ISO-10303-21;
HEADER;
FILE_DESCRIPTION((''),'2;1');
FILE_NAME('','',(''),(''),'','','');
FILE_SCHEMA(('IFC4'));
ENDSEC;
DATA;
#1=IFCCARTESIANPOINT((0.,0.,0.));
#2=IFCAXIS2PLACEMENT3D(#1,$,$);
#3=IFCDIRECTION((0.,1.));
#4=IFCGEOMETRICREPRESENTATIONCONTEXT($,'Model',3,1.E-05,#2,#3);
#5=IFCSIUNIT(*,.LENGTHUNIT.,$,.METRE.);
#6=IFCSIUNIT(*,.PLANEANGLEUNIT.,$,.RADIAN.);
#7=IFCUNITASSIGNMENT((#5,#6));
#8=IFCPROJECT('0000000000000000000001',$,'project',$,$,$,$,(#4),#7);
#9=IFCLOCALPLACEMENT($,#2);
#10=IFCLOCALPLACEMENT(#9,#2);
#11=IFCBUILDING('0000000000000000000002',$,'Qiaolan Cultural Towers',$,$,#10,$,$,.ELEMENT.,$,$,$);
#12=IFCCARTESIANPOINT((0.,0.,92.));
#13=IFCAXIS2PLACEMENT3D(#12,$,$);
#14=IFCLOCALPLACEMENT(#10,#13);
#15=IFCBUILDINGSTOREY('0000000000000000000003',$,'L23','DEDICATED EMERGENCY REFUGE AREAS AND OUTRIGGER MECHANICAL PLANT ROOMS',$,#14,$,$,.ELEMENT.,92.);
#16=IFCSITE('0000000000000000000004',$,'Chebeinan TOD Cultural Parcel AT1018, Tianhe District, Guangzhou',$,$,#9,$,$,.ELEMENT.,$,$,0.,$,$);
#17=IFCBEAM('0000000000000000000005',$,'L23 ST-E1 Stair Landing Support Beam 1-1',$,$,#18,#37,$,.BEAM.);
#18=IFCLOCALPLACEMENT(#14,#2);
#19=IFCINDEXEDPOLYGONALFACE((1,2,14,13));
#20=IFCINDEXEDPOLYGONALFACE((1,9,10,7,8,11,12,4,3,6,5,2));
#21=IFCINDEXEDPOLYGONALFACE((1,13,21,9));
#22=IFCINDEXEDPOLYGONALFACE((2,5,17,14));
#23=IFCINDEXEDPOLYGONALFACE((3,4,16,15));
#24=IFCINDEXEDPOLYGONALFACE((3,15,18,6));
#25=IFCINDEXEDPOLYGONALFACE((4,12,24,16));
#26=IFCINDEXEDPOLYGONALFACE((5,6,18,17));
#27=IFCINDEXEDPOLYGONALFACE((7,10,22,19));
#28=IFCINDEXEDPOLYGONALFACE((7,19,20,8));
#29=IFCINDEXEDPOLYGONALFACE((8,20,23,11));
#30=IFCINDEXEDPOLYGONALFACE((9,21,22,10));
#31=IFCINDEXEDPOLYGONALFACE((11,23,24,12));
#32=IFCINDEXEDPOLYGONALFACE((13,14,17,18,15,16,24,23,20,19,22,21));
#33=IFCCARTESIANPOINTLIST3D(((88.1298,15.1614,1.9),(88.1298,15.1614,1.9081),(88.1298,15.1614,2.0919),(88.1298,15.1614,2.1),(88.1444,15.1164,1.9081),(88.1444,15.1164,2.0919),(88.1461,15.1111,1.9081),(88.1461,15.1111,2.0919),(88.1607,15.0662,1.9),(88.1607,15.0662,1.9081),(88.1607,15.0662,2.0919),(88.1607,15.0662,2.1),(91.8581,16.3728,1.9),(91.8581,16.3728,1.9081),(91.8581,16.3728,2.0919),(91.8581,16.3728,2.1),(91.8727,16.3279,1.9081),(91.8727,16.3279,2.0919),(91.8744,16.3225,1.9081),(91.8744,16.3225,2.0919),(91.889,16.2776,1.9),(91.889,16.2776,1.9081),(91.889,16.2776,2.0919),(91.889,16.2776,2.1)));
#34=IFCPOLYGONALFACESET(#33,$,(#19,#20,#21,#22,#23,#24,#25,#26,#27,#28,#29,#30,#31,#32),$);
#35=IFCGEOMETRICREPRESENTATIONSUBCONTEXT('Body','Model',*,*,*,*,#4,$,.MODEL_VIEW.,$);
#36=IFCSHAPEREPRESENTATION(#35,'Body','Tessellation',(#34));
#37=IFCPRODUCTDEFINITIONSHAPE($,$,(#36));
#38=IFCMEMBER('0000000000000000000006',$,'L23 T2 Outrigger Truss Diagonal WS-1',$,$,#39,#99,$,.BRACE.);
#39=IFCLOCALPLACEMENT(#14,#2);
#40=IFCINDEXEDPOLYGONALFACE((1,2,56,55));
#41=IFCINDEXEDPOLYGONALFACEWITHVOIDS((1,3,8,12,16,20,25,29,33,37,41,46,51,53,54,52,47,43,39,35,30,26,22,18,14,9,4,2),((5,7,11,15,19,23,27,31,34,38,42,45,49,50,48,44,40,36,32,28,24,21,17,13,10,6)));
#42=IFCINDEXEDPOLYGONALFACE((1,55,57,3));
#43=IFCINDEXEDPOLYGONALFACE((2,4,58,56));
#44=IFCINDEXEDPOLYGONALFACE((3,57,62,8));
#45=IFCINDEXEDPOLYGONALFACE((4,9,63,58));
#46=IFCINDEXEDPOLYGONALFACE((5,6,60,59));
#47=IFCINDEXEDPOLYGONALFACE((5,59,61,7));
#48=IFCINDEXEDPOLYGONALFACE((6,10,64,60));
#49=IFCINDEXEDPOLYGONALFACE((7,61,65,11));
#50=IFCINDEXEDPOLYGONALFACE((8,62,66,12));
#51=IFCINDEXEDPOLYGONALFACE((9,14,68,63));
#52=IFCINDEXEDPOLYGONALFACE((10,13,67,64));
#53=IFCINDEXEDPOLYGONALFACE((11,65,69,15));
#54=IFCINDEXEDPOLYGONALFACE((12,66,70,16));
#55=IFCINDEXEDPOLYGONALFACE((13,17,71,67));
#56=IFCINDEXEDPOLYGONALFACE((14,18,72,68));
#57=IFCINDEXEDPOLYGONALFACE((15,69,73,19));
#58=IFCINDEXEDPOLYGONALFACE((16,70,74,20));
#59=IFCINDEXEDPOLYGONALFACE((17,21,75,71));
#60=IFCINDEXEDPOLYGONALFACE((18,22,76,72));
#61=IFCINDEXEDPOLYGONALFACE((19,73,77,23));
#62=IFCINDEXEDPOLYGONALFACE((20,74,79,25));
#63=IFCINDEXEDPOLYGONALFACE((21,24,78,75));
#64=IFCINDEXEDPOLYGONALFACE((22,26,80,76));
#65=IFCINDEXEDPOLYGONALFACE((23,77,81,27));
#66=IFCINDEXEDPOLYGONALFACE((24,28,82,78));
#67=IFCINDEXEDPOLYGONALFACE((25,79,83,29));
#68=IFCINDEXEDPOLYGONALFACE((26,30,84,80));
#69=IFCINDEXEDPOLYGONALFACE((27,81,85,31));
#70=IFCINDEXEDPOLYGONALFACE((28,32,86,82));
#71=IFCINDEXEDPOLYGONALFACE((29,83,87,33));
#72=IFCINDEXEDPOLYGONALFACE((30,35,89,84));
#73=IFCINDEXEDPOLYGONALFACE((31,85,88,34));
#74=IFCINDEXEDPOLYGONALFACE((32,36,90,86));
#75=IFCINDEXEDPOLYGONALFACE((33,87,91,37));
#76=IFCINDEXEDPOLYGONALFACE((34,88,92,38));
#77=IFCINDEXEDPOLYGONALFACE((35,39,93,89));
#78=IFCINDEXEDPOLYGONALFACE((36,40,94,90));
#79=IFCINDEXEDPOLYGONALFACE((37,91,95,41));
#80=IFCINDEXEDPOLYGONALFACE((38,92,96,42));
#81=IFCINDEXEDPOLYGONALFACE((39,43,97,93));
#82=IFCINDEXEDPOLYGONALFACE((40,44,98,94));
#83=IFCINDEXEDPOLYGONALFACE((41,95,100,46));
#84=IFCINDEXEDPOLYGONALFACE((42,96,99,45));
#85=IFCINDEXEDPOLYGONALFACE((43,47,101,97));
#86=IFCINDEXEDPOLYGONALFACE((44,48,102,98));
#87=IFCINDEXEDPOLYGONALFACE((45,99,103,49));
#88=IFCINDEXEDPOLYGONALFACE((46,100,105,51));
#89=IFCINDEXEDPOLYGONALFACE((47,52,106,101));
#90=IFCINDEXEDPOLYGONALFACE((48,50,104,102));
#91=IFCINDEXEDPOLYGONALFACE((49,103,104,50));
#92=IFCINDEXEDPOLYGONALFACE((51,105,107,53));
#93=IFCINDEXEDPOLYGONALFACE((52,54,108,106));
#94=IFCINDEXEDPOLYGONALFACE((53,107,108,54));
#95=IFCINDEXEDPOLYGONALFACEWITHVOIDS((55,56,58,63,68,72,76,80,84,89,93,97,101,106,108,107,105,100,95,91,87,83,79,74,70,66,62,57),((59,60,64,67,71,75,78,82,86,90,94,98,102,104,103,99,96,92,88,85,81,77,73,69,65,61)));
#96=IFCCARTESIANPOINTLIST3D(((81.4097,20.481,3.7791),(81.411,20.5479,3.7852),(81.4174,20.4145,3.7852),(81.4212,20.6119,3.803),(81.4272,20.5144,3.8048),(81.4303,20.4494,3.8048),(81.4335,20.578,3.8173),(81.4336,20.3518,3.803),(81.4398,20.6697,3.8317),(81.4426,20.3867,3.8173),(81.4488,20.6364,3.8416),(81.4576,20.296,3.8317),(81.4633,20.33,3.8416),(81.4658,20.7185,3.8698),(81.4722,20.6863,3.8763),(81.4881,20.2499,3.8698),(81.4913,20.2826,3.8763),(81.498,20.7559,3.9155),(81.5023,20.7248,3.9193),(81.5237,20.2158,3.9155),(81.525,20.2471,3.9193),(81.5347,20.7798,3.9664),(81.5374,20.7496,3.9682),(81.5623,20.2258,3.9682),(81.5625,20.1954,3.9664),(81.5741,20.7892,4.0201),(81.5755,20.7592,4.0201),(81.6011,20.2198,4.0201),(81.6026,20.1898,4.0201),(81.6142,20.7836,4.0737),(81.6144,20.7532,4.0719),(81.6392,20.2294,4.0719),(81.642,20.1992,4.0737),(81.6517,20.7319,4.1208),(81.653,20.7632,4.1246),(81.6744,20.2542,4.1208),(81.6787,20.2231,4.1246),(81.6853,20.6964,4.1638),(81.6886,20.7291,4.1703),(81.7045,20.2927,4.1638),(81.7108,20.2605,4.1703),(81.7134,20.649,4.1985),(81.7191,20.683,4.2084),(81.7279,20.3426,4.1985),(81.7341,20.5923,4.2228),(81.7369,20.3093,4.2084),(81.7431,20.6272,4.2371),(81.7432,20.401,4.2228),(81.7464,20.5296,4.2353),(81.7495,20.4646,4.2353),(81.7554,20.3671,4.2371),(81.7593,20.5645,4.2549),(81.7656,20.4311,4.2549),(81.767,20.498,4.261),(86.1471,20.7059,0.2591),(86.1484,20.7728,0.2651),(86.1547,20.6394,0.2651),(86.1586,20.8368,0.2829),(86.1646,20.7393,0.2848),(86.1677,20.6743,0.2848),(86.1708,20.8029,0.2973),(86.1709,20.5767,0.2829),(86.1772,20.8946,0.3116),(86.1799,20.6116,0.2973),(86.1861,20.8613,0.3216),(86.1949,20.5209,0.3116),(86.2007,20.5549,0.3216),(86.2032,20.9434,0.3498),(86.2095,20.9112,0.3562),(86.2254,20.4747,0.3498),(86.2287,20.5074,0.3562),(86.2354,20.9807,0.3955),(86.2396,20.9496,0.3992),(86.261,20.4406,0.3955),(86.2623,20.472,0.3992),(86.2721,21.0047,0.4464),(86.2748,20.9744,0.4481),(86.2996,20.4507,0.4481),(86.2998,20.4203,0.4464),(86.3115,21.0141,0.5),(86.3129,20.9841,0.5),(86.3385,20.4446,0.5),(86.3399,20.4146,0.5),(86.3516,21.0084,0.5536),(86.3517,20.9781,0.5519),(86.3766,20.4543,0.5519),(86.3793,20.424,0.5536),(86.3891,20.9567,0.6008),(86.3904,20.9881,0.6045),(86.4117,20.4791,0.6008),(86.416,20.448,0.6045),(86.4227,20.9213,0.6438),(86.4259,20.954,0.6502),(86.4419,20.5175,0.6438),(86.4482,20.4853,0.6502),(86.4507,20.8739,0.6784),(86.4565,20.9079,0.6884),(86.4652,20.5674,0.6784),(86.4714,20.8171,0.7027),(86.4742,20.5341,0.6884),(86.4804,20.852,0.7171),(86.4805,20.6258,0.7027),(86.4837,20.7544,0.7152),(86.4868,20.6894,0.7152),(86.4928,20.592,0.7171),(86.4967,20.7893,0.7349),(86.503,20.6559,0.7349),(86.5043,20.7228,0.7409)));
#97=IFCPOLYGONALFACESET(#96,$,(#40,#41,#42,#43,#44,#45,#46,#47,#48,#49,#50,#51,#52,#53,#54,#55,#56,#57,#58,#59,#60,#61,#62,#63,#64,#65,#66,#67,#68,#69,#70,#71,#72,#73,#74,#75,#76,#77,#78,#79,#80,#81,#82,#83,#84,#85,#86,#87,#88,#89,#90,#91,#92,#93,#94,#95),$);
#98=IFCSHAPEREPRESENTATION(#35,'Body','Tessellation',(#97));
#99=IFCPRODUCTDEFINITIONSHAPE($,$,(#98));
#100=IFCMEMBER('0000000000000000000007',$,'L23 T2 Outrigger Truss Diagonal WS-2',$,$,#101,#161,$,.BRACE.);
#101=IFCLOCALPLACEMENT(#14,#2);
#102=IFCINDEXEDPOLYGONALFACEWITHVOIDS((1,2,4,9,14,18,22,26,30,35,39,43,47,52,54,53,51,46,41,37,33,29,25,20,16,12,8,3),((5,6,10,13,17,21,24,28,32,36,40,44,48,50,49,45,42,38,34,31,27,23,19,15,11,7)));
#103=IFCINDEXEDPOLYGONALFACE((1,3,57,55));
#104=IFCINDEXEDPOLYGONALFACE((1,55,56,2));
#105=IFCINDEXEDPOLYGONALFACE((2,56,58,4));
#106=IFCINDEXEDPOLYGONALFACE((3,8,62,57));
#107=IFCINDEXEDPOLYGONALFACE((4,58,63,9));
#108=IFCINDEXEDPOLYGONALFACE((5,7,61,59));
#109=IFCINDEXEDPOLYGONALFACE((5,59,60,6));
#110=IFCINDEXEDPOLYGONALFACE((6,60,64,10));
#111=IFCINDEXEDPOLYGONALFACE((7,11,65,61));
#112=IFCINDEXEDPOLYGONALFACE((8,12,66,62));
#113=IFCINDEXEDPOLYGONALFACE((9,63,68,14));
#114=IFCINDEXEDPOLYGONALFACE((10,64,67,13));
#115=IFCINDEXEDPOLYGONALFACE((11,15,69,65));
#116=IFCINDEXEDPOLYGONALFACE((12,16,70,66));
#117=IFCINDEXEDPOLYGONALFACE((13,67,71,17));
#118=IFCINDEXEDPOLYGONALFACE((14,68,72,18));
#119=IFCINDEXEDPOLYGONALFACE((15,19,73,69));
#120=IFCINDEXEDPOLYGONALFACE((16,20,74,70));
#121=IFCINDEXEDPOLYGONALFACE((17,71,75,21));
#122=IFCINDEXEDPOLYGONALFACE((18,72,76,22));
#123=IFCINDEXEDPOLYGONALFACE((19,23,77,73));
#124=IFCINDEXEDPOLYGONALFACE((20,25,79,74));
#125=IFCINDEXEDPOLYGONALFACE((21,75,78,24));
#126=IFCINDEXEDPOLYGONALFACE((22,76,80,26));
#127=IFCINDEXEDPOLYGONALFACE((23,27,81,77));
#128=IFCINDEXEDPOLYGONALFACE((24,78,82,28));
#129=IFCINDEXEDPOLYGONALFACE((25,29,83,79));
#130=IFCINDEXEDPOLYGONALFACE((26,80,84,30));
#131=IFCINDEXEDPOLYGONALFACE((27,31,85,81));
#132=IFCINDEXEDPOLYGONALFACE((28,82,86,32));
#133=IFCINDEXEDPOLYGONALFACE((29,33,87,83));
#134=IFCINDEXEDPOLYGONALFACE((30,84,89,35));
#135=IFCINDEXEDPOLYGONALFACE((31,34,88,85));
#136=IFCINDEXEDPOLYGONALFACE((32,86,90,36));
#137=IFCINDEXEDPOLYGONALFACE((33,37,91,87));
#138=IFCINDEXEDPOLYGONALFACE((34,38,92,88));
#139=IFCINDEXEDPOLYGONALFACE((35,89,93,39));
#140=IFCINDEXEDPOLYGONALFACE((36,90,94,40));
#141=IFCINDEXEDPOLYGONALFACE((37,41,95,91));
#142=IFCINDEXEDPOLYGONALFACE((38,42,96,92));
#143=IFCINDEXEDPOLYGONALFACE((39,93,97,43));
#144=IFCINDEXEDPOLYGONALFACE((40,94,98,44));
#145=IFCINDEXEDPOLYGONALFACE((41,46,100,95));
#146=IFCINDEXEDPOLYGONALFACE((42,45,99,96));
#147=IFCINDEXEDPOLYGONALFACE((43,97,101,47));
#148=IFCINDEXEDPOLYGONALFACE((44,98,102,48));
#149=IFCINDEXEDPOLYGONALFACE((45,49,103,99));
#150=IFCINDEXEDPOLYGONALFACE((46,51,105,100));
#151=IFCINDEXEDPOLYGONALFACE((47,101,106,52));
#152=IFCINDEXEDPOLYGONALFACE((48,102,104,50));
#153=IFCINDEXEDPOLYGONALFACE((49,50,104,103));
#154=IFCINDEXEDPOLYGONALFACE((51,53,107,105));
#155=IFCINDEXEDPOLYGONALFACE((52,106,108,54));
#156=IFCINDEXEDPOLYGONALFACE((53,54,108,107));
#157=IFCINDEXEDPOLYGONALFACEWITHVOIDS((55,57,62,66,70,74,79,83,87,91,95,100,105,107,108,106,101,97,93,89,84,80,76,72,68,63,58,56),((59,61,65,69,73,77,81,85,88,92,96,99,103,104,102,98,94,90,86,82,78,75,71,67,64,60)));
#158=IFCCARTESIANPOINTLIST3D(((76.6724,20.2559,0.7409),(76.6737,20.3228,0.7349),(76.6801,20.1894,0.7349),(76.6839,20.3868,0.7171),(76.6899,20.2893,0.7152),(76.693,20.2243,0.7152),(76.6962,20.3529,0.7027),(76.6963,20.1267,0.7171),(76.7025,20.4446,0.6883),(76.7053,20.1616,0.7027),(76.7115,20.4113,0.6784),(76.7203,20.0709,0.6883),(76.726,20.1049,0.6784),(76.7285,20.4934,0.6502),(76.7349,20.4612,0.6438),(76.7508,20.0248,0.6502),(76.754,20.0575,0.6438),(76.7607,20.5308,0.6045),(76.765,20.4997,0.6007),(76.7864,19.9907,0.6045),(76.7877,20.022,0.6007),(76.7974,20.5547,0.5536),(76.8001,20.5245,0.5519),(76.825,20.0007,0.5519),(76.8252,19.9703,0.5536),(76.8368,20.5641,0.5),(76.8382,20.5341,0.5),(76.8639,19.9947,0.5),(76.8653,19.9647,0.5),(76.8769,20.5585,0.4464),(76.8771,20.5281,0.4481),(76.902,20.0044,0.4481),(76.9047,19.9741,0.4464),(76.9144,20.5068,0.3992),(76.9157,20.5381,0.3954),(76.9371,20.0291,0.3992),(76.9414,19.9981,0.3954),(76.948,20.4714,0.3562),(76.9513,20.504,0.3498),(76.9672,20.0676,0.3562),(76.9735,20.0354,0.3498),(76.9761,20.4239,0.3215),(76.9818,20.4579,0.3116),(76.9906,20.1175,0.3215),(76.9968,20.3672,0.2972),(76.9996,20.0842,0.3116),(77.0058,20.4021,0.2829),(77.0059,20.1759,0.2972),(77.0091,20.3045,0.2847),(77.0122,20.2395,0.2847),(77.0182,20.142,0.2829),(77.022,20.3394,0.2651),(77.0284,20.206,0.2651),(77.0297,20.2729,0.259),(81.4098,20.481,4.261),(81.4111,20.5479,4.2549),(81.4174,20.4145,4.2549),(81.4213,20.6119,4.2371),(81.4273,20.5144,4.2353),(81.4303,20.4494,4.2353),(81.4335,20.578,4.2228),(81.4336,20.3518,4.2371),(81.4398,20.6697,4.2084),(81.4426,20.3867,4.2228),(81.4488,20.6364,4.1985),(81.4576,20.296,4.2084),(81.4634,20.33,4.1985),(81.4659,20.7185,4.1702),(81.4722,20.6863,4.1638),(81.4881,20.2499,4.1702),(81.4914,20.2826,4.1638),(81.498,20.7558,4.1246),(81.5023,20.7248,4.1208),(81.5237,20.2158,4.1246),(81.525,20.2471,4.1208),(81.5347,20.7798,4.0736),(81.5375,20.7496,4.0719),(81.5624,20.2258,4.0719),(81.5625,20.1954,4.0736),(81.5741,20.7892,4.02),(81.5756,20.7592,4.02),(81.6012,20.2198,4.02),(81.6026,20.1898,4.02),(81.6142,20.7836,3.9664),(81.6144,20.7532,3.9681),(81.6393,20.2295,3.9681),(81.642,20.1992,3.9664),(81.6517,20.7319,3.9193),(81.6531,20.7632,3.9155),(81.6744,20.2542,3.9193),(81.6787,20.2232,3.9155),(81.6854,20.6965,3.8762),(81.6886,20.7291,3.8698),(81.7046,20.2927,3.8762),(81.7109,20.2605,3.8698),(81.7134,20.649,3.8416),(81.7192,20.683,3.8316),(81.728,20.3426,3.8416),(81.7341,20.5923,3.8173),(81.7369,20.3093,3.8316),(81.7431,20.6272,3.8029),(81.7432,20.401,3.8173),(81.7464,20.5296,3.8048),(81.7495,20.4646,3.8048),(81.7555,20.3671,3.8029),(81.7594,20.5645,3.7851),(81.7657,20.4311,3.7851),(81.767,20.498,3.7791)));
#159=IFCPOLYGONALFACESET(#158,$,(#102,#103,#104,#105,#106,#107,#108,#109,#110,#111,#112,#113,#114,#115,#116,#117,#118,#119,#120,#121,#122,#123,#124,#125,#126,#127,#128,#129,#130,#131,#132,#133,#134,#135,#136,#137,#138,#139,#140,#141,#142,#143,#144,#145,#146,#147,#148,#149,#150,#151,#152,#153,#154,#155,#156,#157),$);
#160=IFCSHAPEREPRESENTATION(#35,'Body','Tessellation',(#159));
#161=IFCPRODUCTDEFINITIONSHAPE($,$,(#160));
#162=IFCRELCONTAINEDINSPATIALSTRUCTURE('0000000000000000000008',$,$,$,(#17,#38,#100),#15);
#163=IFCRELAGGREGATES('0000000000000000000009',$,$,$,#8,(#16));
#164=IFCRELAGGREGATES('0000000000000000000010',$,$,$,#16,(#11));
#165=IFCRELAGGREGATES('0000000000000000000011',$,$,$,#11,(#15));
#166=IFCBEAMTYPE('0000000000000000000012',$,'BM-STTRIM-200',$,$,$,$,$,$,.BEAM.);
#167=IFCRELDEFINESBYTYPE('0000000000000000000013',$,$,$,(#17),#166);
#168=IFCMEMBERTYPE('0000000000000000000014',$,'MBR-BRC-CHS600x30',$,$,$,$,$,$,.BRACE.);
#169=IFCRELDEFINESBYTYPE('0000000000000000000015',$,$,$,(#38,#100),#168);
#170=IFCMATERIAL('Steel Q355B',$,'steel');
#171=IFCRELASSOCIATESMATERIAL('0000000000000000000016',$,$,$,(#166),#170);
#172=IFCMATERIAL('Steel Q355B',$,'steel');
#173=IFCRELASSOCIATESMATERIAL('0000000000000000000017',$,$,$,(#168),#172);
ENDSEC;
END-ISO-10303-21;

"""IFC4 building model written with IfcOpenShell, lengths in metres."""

from ifc_helpers import new_model, si_unit, direction, frame, origin, origin_2d, place, context, subcontext, project, spatial, hollow_circle, i_section, extrude, material, material_profile, profile_set, type_object, element, save


model = new_model("IFC4")

# Units and contexts
model_context = context("Model", 3, precision=1e-05, world=origin(), true_north=direction((0.0, 1.0)))
body_context = subcontext(model_context, "Body", "Model", "MODEL_VIEW")
ifc_project = project(units=[si_unit("LENGTHUNIT", "METRE"), si_unit("PLANEANGLEUNIT", "RADIAN")], contexts=[model_context])

# Site, building, storey
site_placement = place(None, origin())
site = spatial("IfcSite", under=ifc_project, at=site_placement, Name="Chebeinan TOD Cultural Parcel AT1018, Tianhe District, Guangzhou", CompositionType="ELEMENT", RefElevation=0.0)
building_placement = place(site_placement, origin())
building = spatial("IfcBuilding", under=site, at=building_placement, Name="Qiaolan Cultural Towers", CompositionType="ELEMENT")
storey_placement = place(building_placement, frame((0.0, 0.0, 92.0)))
storey = spatial("IfcBuildingStorey", under=building, at=storey_placement, Name="L23", Description="DEDICATED EMERGENCY REFUGE AREAS AND OUTRIGGER MECHANICAL PLANT ROOMS", CompositionType="ELEMENT", Elevation=92.0)

# Beam
ifc_material_1 = material(Name="Steel Q355B", Category="steel")
ifc_material_profile_1 = material_profile(ifc_material_1, i_section(OverallWidth=0.1001, OverallDepth=0.2, WebThickness=0.0056, FlangeThickness=0.0081, at=origin_2d()), Name="HN200x100x5.5x8")
ifc_profile_set_1 = profile_set([ifc_material_profile_1], Name="Steel Q355B")
beam_type_1 = type_object("IfcBeamType", Name="BM-STTRIM-200", PredefinedType="BEAM", material=ifc_profile_set_1)
beam_1_placement = place(storey_placement, frame((88.1453, 15.1138, 2.0), z_axis=(0.951054, 0.309026, 0.0), x_axis=(-0.309026, 0.951054, 0.0)))
element("IfcBeam", 1, at=beam_1_placement, inside=storey, type_object=beam_type_1, Name="L23 ST-E1 Stair Landing Support Beam 1-1", PredefinedType="BEAM", context=body_context, shape_type="SweptSolid", body=[
    extrude(i_section(OverallWidth=0.1001, OverallDepth=0.2, WebThickness=0.0056, FlangeThickness=0.0081, at=origin_2d()), origin(), (0.0, 0.0, 1.0), 3.9202),
])

# Members
ifc_material_2 = material(Name="Steel Q355B", Category="steel")
ifc_material_profile_2 = material_profile(ifc_material_2, hollow_circle(Radius=0.3, WallThickness=0.03, at=origin_2d()), Name="CHS600x30")
ifc_profile_set_2 = profile_set([ifc_material_profile_2], Name="Steel Q355B")
member_type_1 = type_object("IfcMemberType", Name="MBR-BRC-CHS600x30", PredefinedType="BRACE", material=ifc_profile_set_2)
for number, where, z_axis, x_axis, name in (
    (2, (86.3257, 20.7144, 0.5), (-0.802091, -0.038071, 0.595988), (0.047411, -0.998875, 0.0), "L23 T2 Outrigger Truss Diagonal WS-1"),
    (3, (81.5884, 20.4895, 4.02), (-0.802089, -0.038112, -0.595987), (0.047462, -0.998873, 0.0), "L23 T2 Outrigger Truss Diagonal WS-2"),
):
    element("IfcMember", number, at=place(storey_placement, frame(where, z_axis=z_axis, x_axis=x_axis)), inside=storey, type_object=member_type_1, Name=name, PredefinedType="BRACE", context=body_context, shape_type="SweptSolid", body=[
        extrude(hollow_circle(Radius=0.3, WallThickness=0.03, at=origin_2d()), origin(), (0.0, 0.0, 1.0), 5.9062),
    ])

save(model, "model.ifc")
